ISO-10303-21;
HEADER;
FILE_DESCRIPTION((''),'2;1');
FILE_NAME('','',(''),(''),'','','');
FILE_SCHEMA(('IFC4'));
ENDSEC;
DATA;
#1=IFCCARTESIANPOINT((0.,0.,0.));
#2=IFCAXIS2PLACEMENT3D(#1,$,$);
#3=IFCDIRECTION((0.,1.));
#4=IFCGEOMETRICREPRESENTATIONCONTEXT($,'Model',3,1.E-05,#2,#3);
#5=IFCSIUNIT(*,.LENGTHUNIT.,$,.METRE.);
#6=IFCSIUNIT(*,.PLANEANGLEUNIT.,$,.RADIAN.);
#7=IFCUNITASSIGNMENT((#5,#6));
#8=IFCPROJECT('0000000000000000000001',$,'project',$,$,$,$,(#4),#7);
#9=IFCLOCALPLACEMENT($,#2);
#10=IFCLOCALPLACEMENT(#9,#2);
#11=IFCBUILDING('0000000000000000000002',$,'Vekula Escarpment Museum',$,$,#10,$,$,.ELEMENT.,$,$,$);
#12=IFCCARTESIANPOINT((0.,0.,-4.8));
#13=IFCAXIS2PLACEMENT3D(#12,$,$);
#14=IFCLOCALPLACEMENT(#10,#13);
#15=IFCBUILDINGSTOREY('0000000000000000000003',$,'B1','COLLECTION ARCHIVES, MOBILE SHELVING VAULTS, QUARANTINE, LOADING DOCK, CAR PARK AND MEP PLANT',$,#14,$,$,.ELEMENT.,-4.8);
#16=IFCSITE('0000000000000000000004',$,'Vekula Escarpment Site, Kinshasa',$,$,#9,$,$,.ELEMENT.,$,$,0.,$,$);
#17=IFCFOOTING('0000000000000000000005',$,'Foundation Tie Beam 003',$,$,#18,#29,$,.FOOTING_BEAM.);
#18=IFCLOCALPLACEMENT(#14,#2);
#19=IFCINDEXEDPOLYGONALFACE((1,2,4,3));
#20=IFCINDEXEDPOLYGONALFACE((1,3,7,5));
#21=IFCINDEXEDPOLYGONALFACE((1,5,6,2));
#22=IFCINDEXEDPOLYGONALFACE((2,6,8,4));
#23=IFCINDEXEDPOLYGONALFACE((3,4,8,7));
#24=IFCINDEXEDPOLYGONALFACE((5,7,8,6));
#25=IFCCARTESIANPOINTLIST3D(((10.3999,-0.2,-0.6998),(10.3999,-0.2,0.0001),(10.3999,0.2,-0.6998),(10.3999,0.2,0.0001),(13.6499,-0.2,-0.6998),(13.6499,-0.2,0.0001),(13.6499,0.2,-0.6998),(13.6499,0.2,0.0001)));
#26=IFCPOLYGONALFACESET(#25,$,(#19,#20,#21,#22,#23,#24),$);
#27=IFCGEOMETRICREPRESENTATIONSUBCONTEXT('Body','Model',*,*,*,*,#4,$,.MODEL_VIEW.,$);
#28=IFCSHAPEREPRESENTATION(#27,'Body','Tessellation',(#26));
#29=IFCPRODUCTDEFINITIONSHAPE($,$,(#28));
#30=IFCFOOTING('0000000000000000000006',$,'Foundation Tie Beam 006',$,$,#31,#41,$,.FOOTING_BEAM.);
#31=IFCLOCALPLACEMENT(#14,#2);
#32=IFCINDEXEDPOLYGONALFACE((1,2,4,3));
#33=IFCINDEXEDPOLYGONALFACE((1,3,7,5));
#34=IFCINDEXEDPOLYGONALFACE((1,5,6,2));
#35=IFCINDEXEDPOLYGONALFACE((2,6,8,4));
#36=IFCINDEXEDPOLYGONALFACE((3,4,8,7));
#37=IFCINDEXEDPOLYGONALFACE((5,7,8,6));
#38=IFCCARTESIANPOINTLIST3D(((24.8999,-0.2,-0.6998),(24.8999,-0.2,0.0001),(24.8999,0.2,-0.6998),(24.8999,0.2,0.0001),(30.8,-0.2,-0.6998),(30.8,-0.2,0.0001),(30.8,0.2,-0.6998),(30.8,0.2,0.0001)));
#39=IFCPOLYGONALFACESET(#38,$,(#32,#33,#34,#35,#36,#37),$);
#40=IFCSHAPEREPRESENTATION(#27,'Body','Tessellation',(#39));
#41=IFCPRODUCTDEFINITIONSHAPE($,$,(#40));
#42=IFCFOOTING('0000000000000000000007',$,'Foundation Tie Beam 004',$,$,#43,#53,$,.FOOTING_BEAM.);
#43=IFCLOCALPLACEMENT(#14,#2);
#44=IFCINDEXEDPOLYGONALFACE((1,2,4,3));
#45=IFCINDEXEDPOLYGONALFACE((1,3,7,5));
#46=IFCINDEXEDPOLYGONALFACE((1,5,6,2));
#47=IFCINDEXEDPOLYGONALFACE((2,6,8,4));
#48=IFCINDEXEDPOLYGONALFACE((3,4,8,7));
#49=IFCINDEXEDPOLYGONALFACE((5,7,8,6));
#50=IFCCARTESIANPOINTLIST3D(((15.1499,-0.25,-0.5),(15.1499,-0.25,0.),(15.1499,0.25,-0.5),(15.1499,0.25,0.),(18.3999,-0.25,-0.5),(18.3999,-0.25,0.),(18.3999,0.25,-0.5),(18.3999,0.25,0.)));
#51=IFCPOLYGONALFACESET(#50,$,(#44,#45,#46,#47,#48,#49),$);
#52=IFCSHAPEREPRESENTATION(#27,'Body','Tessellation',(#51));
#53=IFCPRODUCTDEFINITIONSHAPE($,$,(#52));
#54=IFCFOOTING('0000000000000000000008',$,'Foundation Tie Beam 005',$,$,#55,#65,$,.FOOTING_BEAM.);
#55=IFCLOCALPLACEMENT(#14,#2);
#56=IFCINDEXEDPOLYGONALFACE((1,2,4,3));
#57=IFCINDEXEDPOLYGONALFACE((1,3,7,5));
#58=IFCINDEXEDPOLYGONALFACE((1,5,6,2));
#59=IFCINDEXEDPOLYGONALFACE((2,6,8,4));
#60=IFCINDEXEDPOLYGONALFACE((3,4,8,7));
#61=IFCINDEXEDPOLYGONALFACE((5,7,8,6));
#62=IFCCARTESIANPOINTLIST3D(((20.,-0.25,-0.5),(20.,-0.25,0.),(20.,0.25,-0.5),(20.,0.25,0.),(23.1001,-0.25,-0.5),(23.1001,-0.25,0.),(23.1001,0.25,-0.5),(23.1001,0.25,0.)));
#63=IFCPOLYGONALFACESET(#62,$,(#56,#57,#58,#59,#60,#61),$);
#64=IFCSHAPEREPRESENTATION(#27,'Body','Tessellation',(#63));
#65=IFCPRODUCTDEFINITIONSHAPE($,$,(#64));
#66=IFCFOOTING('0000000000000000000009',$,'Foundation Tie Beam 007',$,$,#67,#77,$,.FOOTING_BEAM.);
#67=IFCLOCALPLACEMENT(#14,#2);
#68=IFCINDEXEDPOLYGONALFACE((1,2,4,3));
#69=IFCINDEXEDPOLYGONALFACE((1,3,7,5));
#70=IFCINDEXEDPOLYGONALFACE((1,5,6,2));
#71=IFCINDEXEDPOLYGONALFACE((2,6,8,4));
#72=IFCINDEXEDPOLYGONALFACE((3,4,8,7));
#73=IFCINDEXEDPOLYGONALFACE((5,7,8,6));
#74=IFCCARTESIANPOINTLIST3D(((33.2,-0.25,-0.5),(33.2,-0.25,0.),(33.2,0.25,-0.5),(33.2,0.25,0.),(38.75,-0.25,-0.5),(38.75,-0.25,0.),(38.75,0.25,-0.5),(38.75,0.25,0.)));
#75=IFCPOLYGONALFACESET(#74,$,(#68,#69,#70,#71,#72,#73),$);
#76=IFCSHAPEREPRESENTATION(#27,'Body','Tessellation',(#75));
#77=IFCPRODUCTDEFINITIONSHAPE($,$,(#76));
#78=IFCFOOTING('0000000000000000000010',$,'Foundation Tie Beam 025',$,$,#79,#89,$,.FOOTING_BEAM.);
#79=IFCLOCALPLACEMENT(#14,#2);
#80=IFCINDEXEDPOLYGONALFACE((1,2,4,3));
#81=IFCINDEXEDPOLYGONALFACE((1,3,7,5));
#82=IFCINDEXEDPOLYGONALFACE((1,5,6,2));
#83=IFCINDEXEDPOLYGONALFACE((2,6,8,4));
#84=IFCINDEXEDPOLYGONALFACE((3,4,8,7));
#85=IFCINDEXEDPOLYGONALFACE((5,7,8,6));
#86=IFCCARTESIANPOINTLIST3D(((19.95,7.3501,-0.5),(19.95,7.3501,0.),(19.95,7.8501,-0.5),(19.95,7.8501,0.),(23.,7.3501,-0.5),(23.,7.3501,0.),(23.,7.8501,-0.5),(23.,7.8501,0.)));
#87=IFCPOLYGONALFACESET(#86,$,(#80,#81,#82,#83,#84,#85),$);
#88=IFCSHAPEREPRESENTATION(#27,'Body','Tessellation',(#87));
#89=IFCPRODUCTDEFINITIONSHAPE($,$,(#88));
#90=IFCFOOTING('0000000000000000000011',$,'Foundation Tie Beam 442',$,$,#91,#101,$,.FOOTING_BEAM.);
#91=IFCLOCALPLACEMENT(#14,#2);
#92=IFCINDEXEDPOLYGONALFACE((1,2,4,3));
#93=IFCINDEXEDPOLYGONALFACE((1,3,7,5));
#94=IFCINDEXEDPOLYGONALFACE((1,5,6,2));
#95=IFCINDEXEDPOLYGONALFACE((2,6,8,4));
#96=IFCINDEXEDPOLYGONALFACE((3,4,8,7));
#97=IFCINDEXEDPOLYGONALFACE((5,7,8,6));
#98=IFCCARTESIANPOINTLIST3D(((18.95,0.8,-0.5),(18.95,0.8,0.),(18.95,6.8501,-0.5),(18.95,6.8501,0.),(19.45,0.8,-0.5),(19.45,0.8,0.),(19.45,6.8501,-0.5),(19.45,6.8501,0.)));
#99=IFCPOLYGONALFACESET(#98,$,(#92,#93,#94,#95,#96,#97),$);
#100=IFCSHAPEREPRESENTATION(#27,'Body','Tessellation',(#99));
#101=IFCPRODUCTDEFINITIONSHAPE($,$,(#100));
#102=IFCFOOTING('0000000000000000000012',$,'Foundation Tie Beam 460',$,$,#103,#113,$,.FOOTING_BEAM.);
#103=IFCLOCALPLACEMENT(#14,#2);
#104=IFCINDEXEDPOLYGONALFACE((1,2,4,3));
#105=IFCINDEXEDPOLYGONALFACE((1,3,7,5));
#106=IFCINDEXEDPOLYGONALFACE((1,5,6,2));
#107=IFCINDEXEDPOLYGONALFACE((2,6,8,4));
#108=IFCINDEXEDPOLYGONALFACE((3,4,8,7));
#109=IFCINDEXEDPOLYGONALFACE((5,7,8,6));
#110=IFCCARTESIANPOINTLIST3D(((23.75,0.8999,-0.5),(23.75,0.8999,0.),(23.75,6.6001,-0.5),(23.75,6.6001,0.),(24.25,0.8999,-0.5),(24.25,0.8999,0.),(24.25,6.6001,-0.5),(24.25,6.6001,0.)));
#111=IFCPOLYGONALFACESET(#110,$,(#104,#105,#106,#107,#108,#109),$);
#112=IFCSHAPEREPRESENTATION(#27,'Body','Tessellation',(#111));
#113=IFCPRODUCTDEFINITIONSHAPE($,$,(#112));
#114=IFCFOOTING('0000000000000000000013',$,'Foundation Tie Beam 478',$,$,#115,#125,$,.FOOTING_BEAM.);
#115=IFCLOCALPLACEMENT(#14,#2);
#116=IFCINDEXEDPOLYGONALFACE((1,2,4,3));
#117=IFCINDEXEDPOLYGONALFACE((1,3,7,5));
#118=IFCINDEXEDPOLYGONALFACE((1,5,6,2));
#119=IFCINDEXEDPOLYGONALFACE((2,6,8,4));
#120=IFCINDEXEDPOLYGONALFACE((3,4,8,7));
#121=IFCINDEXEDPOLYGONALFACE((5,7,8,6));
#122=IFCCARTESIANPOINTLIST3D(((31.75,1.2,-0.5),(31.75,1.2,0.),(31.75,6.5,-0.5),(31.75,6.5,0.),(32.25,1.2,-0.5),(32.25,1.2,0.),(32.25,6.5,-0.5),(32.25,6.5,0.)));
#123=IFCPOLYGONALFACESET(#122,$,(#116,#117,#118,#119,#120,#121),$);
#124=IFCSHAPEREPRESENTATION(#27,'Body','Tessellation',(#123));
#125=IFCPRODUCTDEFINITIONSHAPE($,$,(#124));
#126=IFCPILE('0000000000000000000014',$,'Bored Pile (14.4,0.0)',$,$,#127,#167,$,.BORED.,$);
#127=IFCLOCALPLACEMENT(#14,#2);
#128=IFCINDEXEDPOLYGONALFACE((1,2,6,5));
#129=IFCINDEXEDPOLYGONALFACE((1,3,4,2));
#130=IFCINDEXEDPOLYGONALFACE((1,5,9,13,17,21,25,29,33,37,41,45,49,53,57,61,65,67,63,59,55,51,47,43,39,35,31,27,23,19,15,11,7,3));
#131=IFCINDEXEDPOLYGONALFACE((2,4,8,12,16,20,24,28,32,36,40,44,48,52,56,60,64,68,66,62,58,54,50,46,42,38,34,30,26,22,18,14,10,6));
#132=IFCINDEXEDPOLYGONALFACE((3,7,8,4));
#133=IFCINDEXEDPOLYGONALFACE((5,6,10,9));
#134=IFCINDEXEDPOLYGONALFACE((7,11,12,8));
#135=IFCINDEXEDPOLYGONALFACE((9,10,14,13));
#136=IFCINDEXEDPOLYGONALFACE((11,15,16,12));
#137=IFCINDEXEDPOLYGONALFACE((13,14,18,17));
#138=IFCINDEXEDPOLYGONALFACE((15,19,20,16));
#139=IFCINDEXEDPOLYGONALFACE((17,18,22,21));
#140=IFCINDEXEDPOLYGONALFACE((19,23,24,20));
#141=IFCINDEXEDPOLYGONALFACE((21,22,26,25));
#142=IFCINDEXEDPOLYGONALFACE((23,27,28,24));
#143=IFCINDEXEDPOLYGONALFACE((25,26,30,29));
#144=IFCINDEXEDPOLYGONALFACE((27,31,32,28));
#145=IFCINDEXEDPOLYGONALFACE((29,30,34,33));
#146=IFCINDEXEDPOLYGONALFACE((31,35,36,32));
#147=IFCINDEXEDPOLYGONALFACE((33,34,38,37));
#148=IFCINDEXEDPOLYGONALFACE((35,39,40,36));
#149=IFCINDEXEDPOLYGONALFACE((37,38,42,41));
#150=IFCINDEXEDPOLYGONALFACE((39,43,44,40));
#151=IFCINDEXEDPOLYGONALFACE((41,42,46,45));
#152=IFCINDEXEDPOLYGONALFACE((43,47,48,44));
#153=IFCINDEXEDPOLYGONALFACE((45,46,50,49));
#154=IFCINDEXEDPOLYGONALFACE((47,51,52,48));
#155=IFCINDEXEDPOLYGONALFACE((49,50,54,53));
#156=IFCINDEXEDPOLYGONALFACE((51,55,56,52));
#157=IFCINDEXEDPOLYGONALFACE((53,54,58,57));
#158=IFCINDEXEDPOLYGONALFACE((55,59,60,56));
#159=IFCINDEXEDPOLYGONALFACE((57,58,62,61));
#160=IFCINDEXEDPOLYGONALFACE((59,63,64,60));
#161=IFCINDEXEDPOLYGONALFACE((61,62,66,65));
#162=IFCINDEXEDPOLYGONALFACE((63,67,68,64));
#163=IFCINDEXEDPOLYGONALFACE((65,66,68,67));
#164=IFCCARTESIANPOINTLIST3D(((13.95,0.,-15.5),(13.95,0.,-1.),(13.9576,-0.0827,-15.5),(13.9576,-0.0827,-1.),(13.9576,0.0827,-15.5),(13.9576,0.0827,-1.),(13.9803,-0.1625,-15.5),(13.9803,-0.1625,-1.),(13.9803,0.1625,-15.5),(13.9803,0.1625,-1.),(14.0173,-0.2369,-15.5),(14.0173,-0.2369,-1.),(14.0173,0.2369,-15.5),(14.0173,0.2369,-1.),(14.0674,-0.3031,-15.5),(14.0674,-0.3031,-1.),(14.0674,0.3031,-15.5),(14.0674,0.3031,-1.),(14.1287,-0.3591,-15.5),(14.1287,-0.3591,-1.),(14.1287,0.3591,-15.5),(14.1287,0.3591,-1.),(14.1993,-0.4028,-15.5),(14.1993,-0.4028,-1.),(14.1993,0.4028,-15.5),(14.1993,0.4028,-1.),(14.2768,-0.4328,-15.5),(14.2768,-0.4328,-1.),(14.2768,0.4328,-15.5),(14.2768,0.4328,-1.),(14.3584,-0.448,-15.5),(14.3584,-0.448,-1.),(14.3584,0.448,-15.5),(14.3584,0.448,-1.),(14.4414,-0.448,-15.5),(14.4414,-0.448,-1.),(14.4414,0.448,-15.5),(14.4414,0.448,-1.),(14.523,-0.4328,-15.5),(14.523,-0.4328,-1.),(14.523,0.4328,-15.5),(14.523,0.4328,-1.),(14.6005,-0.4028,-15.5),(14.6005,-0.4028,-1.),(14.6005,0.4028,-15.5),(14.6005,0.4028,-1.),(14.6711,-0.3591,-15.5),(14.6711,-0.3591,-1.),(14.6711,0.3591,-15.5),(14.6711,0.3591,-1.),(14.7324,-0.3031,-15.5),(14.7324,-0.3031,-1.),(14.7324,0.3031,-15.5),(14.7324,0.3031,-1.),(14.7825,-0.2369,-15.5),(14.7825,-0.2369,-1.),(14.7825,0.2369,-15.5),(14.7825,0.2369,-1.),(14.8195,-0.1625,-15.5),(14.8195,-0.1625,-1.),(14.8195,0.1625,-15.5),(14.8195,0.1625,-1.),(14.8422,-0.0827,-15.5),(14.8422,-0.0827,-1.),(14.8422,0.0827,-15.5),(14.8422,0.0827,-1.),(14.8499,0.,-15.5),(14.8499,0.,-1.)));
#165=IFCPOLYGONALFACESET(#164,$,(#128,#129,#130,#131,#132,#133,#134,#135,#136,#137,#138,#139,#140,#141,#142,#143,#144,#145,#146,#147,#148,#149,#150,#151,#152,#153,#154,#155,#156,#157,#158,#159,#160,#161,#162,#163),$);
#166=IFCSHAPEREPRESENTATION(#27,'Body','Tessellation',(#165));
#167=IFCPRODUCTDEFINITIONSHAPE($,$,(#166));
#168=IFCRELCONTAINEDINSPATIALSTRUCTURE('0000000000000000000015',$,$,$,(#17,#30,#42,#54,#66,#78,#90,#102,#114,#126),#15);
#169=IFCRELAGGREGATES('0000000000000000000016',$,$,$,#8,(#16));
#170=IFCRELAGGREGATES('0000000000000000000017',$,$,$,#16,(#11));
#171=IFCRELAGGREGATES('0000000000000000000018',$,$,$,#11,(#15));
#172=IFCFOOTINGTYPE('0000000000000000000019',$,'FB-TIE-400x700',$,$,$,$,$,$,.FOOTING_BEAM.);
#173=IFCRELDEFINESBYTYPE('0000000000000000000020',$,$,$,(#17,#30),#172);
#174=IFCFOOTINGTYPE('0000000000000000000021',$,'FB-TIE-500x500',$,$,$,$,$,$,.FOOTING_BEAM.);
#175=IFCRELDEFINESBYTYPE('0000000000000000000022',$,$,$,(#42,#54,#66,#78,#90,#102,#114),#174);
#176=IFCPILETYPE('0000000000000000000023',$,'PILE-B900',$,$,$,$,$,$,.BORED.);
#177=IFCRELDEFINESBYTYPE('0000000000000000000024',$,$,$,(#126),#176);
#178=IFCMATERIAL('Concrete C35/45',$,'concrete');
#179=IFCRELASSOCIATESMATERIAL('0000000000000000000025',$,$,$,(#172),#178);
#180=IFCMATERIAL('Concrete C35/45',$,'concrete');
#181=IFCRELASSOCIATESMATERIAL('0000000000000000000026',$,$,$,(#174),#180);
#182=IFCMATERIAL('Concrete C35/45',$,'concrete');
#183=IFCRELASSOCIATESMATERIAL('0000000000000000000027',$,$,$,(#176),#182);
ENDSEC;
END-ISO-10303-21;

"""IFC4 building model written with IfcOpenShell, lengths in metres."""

from ifc_helpers import new_model, si_unit, direction, frame, origin, origin_2d, place, context, subcontext, project, spatial, rectangle, circle, extrude, material, material_profile, profile_set, type_object, element, save


model = new_model("IFC4")

# Units and contexts
model_context = context("Model", 3, precision=1e-05, world=origin(), true_north=direction((0.0, 1.0)))
body_context = subcontext(model_context, "Body", "Model", "MODEL_VIEW")
ifc_project = project(units=[si_unit("LENGTHUNIT", "METRE"), si_unit("PLANEANGLEUNIT", "RADIAN")], contexts=[model_context])

# Site, building, storey
site_placement = place(None, origin())
site = spatial("IfcSite", under=ifc_project, at=site_placement, Name="Vekula Escarpment Site, Kinshasa", CompositionType="ELEMENT", RefElevation=0.0)
building_placement = place(site_placement, origin())
building = spatial("IfcBuilding", under=site, at=building_placement, Name="Vekula Escarpment Museum", CompositionType="ELEMENT")
storey_placement = place(building_placement, frame((0.0, 0.0, -4.8)))
storey = spatial("IfcBuildingStorey", under=building, at=storey_placement, Name="B1", Description="COLLECTION ARCHIVES, MOBILE SHELVING VAULTS, QUARANTINE, LOADING DOCK, CAR PARK AND MEP PLANT", CompositionType="ELEMENT", Elevation=-4.8)

# Footings
ifc_material_1 = material(Name="Concrete C35/45", Category="concrete")
ifc_material_profile_1 = material_profile(ifc_material_1, rectangle(XDim=0.3999, YDim=0.7, at=origin_2d()), Name="RC 400x700")
ifc_profile_set_1 = profile_set([ifc_material_profile_1], Name="Concrete C35/45")
footing_type_1 = type_object("IfcFootingType", Name="FB-TIE-400x700", PredefinedType="FOOTING_BEAM", material=ifc_profile_set_1)
footing_1_placement = place(storey_placement, frame((10.3999, 0.0, -0.3499), z_axis=(1.0, 0.0, 0.0), x_axis=(0.0, 1.0, 0.0)))
element("IfcFooting", 1, at=footing_1_placement, inside=storey, type_object=footing_type_1, Name="Foundation Tie Beam 003", PredefinedType="FOOTING_BEAM", context=body_context, shape_type="SweptSolid", body=[
    extrude(rectangle(XDim=0.3999, YDim=0.7, at=origin_2d()), origin(), (0.0, 0.0, 1.0), 3.25),
])
footing_2_placement = place(storey_placement, frame((24.8999, 0.0, -0.3499), z_axis=(1.0, 0.0, 0.0), x_axis=(0.0, 1.0, 0.0)))
element("IfcFooting", 2, at=footing_2_placement, inside=storey, type_object=footing_type_1, Name="Foundation Tie Beam 006", PredefinedType="FOOTING_BEAM", context=body_context, shape_type="SweptSolid", body=[
    extrude(rectangle(XDim=0.3999, YDim=0.7, at=origin_2d()), origin(), (0.0, 0.0, 1.0), 5.9001),
])
ifc_material_2 = material(Name="Concrete C35/45", Category="concrete")
ifc_material_profile_2 = material_profile(ifc_material_2, rectangle(XDim=0.5, YDim=0.5, at=origin_2d()), Name="RC 500x500")
ifc_profile_set_2 = profile_set([ifc_material_profile_2], Name="Concrete C35/45")
footing_type_2 = type_object("IfcFootingType", Name="FB-TIE-500x500", PredefinedType="FOOTING_BEAM", material=ifc_profile_set_2)
footing_3_placement = place(storey_placement, frame((15.1499, 0.0, -0.25), z_axis=(1.0, 0.0, 0.0), x_axis=(0.0, 1.0, 0.0)))
element("IfcFooting", 3, at=footing_3_placement, inside=storey, type_object=footing_type_2, Name="Foundation Tie Beam 004", PredefinedType="FOOTING_BEAM", context=body_context, shape_type="SweptSolid", body=[
    extrude(rectangle(XDim=0.5, YDim=0.5, at=origin_2d()), origin(), (0.0, 0.0, 1.0), 3.25),
])
footing_4_placement = place(storey_placement, frame((20.0, 0.0, -0.25), z_axis=(1.0, 0.0, 0.0), x_axis=(0.0, 1.0, 0.0)))
element("IfcFooting", 4, at=footing_4_placement, inside=storey, type_object=footing_type_2, Name="Foundation Tie Beam 005", PredefinedType="FOOTING_BEAM", context=body_context, shape_type="SweptSolid", body=[
    extrude(rectangle(XDim=0.5, YDim=0.5, at=origin_2d()), origin(), (0.0, 0.0, 1.0), 3.1001),
])
footing_5_placement = place(storey_placement, frame((33.2, 0.0, -0.25), z_axis=(1.0, 0.0, 0.0), x_axis=(0.0, 1.0, 0.0)))
element("IfcFooting", 5, at=footing_5_placement, inside=storey, type_object=footing_type_2, Name="Foundation Tie Beam 007", PredefinedType="FOOTING_BEAM", context=body_context, shape_type="SweptSolid", body=[
    extrude(rectangle(XDim=0.5, YDim=0.5, at=origin_2d()), origin(), (0.0, 0.0, 1.0), 5.55),
])
footing_6_placement = place(storey_placement, frame((19.95, 7.6001, -0.25), z_axis=(1.0, 0.0, 0.0), x_axis=(0.0, 1.0, 0.0)))
element("IfcFooting", 6, at=footing_6_placement, inside=storey, type_object=footing_type_2, Name="Foundation Tie Beam 025", PredefinedType="FOOTING_BEAM", context=body_context, shape_type="SweptSolid", body=[
    extrude(rectangle(XDim=0.5, YDim=0.5, at=origin_2d()), origin(), (0.0, 0.0, 1.0), 3.05),
])
footing_7_placement = place(storey_placement, frame((19.2, 0.8, -0.25), z_axis=(0.0, 1.0, 0.0), x_axis=(-1.0, 0.0, 0.0)))
element("IfcFooting", 7, at=footing_7_placement, inside=storey, type_object=footing_type_2, Name="Foundation Tie Beam 442", PredefinedType="FOOTING_BEAM", context=body_context, shape_type="SweptSolid", body=[
    extrude(rectangle(XDim=0.5, YDim=0.5, at=origin_2d()), origin(), (0.0, 0.0, 1.0), 6.05),
])
footing_8_placement = place(storey_placement, frame((24.0, 0.8999, -0.25), z_axis=(0.0, 1.0, 0.0), x_axis=(-1.0, 0.0, 0.0)))
element("IfcFooting", 8, at=footing_8_placement, inside=storey, type_object=footing_type_2, Name="Foundation Tie Beam 460", PredefinedType="FOOTING_BEAM", context=body_context, shape_type="SweptSolid", body=[
    extrude(rectangle(XDim=0.5, YDim=0.5, at=origin_2d()), origin(), (0.0, 0.0, 1.0), 5.7002),
])
footing_9_placement = place(storey_placement, frame((32.0, 1.2, -0.25), z_axis=(0.0, 1.0, 0.0), x_axis=(-1.0, 0.0, 0.0)))
element("IfcFooting", 9, at=footing_9_placement, inside=storey, type_object=footing_type_2, Name="Foundation Tie Beam 478", PredefinedType="FOOTING_BEAM", context=body_context, shape_type="SweptSolid", body=[
    extrude(rectangle(XDim=0.5, YDim=0.5, at=origin_2d()), origin(), (0.0, 0.0, 1.0), 5.3),
])

# Pile
ifc_material_3 = material(Name="Concrete C35/45", Category="concrete")
ifc_material_profile_3 = material_profile(ifc_material_3, circle(Radius=0.45, at=origin_2d()), Name="BORED PILE 900")
ifc_profile_set_3 = profile_set([ifc_material_profile_3], Name="Concrete C35/45")
pile_type = type_object("IfcPileType", Name="PILE-B900", PredefinedType="BORED", material=ifc_profile_set_3)
pile_1_placement = place(storey_placement, frame((14.3999, 0.0, -1.0), z_axis=(0.0, 0.0, -1.0), x_axis=(1.0, 0.0, 0.0)))
element("IfcPile", 10, at=pile_1_placement, inside=storey, type_object=pile_type, Name="Bored Pile (14.4,0.0)", PredefinedType="BORED", context=body_context, shape_type="SweptSolid", body=[
    extrude(circle(Radius=0.45, at=origin_2d()), origin(), (0.0, 0.0, 1.0), 14.5),
])

save(model, "model.ifc")
